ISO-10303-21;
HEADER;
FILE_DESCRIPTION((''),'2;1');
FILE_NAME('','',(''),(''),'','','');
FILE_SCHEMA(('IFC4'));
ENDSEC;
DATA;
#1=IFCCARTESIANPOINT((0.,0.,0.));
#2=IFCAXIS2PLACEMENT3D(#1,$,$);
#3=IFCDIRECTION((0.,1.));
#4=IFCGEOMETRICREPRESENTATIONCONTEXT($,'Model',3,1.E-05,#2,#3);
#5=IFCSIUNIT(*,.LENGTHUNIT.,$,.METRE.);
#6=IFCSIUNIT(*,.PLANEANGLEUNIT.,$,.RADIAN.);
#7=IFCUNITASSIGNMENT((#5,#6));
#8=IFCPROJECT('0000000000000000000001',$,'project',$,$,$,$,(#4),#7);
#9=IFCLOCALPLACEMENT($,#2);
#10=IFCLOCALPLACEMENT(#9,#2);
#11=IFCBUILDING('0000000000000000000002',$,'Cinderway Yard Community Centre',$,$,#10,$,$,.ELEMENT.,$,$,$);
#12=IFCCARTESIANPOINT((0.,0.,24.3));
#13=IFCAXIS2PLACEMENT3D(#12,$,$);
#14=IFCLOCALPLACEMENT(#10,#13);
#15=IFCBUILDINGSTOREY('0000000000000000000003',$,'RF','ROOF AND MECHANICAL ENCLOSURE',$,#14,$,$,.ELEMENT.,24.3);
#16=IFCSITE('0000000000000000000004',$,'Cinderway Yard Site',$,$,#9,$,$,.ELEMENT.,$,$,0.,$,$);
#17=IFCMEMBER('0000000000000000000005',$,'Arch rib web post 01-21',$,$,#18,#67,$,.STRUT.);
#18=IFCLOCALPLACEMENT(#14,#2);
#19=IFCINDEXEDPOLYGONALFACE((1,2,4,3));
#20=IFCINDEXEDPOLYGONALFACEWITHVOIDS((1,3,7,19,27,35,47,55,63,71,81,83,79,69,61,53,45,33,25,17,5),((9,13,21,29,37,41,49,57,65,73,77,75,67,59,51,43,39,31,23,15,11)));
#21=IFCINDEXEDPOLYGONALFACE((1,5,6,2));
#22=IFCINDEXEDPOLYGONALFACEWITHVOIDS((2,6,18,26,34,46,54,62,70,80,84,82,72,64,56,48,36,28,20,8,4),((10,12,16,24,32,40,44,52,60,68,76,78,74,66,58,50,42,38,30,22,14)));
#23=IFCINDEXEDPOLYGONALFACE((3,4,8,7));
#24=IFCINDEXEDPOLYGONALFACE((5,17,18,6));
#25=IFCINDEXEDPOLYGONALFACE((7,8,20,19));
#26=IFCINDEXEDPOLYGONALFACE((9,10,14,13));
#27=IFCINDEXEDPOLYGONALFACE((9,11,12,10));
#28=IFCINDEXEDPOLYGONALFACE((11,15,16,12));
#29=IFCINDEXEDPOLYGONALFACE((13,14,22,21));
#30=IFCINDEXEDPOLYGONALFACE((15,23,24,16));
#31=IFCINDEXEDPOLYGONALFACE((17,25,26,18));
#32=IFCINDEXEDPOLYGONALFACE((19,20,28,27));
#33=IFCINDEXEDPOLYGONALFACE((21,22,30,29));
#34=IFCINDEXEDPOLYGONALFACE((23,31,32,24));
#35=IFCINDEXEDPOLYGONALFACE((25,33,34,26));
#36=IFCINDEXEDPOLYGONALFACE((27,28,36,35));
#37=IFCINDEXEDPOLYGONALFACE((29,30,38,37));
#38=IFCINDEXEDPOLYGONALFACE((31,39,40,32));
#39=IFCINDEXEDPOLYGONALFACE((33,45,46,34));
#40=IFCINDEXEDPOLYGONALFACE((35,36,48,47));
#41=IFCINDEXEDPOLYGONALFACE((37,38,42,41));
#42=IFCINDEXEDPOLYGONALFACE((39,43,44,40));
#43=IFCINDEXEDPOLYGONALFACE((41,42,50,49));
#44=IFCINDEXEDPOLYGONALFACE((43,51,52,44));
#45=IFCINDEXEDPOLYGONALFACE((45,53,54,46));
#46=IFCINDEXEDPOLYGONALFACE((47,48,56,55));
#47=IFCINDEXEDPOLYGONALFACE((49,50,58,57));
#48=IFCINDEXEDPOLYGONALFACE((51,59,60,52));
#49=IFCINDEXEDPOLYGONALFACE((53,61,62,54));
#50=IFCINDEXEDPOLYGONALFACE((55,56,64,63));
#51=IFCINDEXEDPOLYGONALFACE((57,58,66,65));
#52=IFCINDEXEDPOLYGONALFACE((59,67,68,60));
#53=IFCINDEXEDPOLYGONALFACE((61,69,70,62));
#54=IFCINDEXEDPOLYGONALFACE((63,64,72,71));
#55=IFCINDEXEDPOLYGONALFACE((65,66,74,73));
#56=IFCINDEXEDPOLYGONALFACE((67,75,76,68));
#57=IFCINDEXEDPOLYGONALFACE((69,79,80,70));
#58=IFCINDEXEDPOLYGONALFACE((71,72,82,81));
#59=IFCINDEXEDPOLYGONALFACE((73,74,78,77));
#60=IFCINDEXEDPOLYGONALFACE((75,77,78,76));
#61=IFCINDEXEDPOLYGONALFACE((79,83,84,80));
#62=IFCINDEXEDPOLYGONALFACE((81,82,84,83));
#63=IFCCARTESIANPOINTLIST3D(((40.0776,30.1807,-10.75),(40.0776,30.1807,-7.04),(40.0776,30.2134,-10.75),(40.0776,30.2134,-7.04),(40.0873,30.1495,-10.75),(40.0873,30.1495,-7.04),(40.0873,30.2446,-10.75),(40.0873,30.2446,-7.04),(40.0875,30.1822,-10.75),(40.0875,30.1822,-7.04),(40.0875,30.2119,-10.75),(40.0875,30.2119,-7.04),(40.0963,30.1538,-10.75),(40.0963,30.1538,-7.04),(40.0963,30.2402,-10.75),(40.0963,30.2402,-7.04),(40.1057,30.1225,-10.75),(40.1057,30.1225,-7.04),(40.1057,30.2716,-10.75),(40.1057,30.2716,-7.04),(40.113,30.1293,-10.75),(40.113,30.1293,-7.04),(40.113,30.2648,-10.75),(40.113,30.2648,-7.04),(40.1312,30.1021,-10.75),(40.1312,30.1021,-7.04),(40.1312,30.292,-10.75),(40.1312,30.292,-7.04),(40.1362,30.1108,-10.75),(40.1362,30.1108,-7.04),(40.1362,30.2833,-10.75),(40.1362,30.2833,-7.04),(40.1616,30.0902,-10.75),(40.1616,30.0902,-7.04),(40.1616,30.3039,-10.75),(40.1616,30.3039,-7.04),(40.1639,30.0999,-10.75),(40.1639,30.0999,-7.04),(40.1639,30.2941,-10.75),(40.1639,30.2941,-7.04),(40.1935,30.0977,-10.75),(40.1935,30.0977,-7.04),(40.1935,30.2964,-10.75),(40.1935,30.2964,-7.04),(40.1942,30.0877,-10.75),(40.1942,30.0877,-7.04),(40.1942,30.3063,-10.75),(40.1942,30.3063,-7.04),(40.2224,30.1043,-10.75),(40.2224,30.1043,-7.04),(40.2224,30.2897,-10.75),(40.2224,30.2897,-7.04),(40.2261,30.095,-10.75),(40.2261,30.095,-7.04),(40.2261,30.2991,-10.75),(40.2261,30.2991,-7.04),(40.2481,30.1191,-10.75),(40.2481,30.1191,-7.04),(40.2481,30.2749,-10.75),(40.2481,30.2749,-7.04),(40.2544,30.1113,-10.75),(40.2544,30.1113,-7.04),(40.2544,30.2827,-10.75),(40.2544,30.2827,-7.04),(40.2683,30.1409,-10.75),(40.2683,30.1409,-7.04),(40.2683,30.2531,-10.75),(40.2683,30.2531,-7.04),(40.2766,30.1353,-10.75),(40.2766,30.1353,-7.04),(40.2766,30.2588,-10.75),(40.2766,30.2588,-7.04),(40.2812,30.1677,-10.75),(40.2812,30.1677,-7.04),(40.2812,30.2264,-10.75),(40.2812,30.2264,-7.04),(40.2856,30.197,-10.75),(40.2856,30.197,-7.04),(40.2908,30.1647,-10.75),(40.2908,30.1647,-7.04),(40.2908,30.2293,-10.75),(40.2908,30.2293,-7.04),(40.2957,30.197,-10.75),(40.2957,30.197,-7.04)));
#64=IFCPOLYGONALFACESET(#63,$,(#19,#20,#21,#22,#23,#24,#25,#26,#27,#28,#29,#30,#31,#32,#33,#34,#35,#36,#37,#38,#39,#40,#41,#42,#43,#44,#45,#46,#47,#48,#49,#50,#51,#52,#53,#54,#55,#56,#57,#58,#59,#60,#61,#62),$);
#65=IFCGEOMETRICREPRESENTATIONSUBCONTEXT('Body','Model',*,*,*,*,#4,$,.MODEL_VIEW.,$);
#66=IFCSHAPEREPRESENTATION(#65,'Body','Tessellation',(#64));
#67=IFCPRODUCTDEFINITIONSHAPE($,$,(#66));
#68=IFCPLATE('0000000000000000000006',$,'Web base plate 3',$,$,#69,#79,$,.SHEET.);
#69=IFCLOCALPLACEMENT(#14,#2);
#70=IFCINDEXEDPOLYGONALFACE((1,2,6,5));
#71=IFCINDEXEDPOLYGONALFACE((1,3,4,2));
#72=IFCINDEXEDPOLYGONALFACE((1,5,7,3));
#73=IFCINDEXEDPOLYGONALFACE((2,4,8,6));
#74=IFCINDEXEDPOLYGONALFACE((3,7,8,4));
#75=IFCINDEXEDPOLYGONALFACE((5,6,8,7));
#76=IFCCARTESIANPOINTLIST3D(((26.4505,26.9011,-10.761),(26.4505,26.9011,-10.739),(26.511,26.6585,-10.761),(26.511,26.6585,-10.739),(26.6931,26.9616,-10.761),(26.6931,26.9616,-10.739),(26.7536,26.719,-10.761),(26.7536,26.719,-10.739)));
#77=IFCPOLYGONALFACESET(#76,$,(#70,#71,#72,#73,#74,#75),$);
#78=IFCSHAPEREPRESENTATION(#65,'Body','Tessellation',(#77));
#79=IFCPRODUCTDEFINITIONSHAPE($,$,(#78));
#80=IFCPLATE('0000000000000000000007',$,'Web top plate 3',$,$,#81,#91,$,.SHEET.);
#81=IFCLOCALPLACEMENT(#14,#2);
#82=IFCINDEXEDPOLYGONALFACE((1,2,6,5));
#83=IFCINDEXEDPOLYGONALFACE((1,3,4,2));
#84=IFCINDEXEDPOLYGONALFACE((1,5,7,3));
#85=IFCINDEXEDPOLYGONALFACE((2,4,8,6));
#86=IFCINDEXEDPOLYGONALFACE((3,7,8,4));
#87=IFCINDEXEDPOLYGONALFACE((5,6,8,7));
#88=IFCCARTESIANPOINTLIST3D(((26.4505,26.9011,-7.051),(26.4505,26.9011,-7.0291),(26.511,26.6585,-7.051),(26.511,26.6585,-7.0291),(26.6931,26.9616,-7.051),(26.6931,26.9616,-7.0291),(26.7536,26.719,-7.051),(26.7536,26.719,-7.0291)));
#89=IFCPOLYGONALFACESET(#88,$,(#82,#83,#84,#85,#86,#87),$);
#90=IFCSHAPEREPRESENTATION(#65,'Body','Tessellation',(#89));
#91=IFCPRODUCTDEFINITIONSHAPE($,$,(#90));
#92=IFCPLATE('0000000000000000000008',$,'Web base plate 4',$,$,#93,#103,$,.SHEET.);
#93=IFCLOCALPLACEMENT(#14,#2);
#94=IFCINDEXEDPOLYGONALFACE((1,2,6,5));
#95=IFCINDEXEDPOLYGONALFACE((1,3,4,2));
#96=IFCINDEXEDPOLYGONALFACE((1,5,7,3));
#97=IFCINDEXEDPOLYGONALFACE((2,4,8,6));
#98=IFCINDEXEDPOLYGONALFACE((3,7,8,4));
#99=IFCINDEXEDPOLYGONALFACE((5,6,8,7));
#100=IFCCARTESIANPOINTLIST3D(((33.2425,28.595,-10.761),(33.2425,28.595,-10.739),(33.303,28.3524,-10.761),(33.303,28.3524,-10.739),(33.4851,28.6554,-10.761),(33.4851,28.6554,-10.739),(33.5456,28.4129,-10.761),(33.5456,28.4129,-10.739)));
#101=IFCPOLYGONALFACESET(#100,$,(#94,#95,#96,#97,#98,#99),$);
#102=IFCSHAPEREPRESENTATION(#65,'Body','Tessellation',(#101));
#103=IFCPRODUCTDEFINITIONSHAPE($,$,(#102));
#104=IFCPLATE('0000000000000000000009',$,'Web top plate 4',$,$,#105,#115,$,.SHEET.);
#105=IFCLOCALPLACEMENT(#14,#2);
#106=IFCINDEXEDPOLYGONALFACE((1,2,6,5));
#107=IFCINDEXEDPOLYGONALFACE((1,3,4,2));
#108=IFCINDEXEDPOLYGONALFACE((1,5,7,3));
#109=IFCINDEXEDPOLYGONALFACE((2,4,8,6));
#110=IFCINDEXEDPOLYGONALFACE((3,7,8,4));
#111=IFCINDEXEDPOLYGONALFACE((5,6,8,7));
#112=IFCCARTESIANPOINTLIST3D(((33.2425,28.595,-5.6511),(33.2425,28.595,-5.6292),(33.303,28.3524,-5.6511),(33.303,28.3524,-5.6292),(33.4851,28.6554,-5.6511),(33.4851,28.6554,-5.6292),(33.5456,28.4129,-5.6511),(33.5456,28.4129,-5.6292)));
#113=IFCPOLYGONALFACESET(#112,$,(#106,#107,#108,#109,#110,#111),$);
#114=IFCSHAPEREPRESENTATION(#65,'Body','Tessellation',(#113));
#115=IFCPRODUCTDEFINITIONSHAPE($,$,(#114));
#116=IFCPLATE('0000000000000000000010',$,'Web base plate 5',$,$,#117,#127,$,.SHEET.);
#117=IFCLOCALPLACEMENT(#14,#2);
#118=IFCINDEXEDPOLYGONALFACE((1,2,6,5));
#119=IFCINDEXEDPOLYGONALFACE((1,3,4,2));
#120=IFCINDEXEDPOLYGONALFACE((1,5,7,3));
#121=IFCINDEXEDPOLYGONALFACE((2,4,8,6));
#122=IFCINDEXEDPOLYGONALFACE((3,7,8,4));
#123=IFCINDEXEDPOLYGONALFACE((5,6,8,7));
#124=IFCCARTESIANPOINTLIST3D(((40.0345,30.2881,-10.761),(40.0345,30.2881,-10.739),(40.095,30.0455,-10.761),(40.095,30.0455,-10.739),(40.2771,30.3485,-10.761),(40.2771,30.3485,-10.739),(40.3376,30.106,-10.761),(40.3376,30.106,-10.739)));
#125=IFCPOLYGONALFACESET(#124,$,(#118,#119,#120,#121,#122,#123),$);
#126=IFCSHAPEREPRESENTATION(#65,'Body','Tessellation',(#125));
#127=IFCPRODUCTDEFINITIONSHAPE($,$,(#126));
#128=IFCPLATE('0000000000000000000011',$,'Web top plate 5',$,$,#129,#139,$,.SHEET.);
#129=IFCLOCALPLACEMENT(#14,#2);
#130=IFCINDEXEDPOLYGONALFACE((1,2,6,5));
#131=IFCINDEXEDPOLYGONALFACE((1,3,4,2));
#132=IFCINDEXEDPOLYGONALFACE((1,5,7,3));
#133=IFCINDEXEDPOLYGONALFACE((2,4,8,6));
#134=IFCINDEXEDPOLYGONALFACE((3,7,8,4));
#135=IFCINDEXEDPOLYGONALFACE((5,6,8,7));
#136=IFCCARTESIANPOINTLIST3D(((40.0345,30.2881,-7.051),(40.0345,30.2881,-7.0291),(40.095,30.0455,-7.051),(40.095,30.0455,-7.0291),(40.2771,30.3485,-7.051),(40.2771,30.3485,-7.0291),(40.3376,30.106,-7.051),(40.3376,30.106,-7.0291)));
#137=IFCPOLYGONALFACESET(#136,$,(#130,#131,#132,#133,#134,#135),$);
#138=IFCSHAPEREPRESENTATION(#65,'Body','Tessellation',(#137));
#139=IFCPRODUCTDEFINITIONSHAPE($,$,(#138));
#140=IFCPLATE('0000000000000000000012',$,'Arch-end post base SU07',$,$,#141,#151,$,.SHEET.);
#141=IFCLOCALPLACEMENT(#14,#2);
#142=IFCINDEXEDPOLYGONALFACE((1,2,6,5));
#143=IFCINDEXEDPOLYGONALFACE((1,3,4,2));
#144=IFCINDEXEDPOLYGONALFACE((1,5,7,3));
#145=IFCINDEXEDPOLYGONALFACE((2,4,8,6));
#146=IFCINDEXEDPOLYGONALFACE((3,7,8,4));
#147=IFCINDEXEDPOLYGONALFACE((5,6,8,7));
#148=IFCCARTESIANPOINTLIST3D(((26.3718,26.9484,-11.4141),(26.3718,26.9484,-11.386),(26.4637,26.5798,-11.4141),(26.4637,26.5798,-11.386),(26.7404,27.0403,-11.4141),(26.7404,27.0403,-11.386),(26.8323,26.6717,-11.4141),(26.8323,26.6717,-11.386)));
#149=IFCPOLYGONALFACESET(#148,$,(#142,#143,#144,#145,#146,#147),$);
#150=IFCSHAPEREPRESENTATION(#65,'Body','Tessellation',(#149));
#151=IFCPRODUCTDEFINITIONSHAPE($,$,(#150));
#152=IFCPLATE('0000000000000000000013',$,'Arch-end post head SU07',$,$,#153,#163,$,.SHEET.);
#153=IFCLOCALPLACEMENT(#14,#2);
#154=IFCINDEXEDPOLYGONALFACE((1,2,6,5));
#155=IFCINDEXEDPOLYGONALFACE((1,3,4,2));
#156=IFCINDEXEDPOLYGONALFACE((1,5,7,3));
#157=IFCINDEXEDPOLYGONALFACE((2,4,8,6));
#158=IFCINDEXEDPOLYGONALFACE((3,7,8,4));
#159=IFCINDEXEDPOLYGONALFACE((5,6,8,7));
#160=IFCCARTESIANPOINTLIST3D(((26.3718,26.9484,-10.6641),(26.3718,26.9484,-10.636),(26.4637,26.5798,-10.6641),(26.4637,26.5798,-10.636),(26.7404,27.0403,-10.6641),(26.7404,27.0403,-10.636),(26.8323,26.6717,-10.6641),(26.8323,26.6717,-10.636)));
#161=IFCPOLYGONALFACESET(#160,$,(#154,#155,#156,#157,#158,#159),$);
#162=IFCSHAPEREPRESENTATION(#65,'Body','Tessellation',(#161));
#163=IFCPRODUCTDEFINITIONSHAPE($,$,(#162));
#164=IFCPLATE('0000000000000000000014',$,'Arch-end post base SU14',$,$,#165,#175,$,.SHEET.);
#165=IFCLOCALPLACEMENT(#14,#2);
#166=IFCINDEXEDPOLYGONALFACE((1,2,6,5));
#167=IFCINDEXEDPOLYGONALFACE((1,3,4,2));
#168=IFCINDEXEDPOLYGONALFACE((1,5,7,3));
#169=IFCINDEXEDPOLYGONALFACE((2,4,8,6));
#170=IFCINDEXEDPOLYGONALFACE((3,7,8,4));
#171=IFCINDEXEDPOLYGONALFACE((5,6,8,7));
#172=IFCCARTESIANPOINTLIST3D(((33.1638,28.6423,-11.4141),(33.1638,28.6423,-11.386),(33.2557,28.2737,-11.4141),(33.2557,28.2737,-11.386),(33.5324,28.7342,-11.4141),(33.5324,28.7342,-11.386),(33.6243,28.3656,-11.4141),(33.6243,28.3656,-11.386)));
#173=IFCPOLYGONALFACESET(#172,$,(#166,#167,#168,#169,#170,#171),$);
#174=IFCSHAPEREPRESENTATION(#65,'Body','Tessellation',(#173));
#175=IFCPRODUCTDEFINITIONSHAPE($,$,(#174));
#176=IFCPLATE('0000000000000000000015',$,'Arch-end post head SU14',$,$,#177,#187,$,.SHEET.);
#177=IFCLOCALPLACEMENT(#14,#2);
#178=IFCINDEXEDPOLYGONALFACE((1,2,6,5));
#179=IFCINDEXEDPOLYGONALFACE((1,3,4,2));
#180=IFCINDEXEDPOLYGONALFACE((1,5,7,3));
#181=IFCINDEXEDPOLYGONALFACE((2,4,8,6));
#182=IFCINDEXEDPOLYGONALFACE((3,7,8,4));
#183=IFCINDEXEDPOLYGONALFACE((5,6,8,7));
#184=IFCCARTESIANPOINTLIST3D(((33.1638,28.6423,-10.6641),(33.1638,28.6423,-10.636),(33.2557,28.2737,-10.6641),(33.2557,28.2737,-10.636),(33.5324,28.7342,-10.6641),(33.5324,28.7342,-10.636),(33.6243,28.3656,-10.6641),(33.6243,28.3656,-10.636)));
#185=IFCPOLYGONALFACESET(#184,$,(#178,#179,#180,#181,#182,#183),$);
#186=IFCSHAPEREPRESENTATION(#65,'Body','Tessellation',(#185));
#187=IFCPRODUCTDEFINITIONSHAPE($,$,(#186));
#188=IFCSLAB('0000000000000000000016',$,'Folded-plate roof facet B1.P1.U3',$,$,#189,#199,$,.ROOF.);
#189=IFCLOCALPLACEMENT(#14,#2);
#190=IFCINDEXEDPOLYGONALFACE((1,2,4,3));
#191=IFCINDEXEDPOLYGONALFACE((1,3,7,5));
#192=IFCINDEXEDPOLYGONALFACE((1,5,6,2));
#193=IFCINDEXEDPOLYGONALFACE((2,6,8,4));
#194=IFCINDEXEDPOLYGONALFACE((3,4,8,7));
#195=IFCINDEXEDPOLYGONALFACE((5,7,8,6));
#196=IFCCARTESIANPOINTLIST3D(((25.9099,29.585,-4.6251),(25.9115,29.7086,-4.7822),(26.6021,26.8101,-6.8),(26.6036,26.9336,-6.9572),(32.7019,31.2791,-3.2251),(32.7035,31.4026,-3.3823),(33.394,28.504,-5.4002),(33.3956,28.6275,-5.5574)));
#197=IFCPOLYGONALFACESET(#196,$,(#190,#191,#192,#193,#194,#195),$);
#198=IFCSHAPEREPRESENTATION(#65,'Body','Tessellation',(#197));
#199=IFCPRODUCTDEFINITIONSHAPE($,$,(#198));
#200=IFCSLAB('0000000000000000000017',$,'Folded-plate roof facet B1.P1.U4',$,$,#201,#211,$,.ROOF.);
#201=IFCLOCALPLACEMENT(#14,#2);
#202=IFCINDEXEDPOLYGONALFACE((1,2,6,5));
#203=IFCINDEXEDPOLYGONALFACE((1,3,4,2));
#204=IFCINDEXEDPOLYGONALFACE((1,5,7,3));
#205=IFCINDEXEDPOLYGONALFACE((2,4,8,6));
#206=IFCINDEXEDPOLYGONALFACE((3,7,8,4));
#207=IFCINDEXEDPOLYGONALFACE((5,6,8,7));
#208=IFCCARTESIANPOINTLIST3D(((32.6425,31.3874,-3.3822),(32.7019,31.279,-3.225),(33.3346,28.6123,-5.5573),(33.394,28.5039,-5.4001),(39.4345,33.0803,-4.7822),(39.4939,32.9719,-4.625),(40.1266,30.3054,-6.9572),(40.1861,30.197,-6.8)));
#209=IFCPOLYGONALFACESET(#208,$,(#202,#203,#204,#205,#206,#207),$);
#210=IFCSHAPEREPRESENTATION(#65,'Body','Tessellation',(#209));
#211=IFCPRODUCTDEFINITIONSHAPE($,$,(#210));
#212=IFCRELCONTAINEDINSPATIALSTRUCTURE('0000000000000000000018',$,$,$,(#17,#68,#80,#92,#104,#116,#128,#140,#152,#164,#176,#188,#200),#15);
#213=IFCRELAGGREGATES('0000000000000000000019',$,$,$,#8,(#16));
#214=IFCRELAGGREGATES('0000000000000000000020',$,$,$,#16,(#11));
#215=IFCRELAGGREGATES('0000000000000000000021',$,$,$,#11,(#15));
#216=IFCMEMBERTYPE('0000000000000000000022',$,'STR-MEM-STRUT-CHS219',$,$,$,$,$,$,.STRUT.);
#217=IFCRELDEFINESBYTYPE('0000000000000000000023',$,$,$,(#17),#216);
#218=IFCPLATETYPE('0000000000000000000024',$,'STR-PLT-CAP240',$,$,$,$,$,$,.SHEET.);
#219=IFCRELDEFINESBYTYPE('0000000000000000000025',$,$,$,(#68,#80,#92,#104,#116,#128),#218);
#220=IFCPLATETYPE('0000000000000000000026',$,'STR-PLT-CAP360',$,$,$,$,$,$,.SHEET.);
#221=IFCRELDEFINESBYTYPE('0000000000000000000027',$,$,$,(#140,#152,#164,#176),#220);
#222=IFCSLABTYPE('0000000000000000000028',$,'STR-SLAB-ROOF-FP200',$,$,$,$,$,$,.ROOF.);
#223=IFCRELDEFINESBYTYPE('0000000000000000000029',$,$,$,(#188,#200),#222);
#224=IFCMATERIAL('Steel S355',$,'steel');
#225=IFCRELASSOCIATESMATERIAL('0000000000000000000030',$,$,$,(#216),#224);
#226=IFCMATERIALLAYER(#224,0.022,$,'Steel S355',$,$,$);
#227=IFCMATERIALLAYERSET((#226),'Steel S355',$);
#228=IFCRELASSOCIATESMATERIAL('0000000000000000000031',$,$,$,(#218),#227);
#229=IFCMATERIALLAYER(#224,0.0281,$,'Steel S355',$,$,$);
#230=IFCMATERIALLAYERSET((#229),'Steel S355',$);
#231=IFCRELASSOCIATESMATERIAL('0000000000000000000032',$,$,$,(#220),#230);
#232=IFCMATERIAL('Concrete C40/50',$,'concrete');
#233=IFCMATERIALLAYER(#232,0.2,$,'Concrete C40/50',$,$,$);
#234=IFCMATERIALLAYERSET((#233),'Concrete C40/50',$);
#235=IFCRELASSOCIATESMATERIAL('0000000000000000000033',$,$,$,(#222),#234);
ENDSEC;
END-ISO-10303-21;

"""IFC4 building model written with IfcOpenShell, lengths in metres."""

from ifc_helpers import new_model, si_unit, direction, frame, origin, origin_2d, place, context, subcontext, project, spatial, polyline, rectangle, hollow_circle, outline, extrude, material, layer, layer_set, material_profile, profile_set, type_object, element, save


model = new_model("IFC4")

# Units and contexts
model_context = context("Model", 3, precision=1e-05, world=origin(), true_north=direction((0.0, 1.0)))
body_context = subcontext(model_context, "Body", "Model", "MODEL_VIEW")
ifc_project = project(units=[si_unit("LENGTHUNIT", "METRE"), si_unit("PLANEANGLEUNIT", "RADIAN")], contexts=[model_context])

# Site, building, storey
site_placement = place(None, origin())
site = spatial("IfcSite", under=ifc_project, at=site_placement, Name="Cinderway Yard Site", CompositionType="ELEMENT", RefElevation=0.0)
building_placement = place(site_placement, origin())
building = spatial("IfcBuilding", under=site, at=building_placement, Name="Cinderway Yard Community Centre", CompositionType="ELEMENT")
storey_placement = place(building_placement, frame((0.0, 0.0, 24.3)))
storey = spatial("IfcBuildingStorey", under=building, at=storey_placement, Name="RF", Description="ROOF AND MECHANICAL ENCLOSURE", CompositionType="ELEMENT", Elevation=24.3)

# Shared definitions
ifc_material_1 = material(Name="Steel S355", Category="steel")

# Shared definitions
ifc_material_2 = material(Name="Concrete C40/50", Category="concrete")

# Member
ifc_material_profile_1 = material_profile(ifc_material_1, hollow_circle(Radius=0.1096, WallThickness=0.01, at=origin_2d()), Name="Steel S355")
ifc_profile_set_1 = profile_set([ifc_material_profile_1], Name="Steel S355")
member_type = type_object("IfcMemberType", Name="STR-MEM-STRUT-CHS219", PredefinedType="STRUT", material=ifc_profile_set_1)
member_1_placement = place(storey_placement, frame((40.186, 30.197, -10.75), z_axis=(0.0, 0.0, 1.0), x_axis=(1.0, 0.0, 0.0)))
element("IfcMember", 1, at=member_1_placement, inside=storey, type_object=member_type, Name="Arch rib web post 01-21", PredefinedType="STRUT", context=body_context, shape_type="SweptSolid", body=[
    extrude(hollow_circle(Radius=0.1096, WallThickness=0.01, at=origin_2d()), origin(), (0.0, 0.0, 1.0), 3.71),
])

# Plates
ifc_layer_1 = layer(ifc_material_1, 0.022, Name="Steel S355")
ifc_layer_set_1 = layer_set([ifc_layer_1], Name="Steel S355")
plate_type_1 = type_object("IfcPlateType", Name="STR-PLT-CAP240", PredefinedType="SHEET", material=ifc_layer_set_1)
for number, where, z_axis, x_axis, name in (
    (2, (26.6021, 26.8101, -10.761), (0.0, 0.0, 1.0), (0.970296, 0.241922, 0.0), "Web base plate 3"),
    (3, (26.6021, 26.8101, -7.051), (0.0, 0.0, 1.0), (0.970296, 0.241922, 0.0), "Web top plate 3"),
    (4, (33.394, 28.5039, -10.761), (0.0, 0.0, 1.0), (0.970296, 0.241922, 0.0), "Web base plate 4"),
    (5, (33.394, 28.5039, -5.6511), (0.0, 0.0, 1.0), (0.970296, 0.241922, 0.0), "Web top plate 4"),
    (6, (40.186, 30.197, -10.761), (0.0, 0.0, 1.0), (0.970296, 0.241922, 0.0), "Web base plate 5"),
    (7, (40.186, 30.197, -7.051), (0.0, 0.0, 1.0), (0.970296, 0.241922, 0.0), "Web top plate 5"),
):
    element("IfcPlate", number, at=place(storey_placement, frame(where, z_axis=z_axis, x_axis=x_axis)), inside=storey, type_object=plate_type_1, Name=name, PredefinedType="SHEET", context=body_context, shape_type="SweptSolid", body=[
        extrude(rectangle(XDim=0.25, YDim=0.25, at=origin_2d()), origin(), (0.0, 0.0, 1.0), 0.022),
    ])
ifc_layer_2 = layer(ifc_material_1, 0.0281, Name="Steel S355")
ifc_layer_set_2 = layer_set([ifc_layer_2], Name="Steel S355")
plate_type_2 = type_object("IfcPlateType", Name="STR-PLT-CAP360", PredefinedType="SHEET", material=ifc_layer_set_2)
for number, where, z_axis, x_axis, name in (
    (8, (26.6021, 26.8101, -11.4141), (0.0, 0.0, 1.0), (0.970296, 0.241922, 0.0), "Arch-end post base SU07"),
    (9, (26.6021, 26.8101, -10.6641), (0.0, 0.0, 1.0), (0.970296, 0.241922, 0.0), "Arch-end post head SU07"),
    (10, (33.394, 28.5039, -11.4141), (0.0, 0.0, 1.0), (0.970296, 0.241922, 0.0), "Arch-end post base SU14"),
    (11, (33.394, 28.5039, -10.6641), (0.0, 0.0, 1.0), (0.970296, 0.241922, 0.0), "Arch-end post head SU14"),
):
    element("IfcPlate", number, at=place(storey_placement, frame(where, z_axis=z_axis, x_axis=x_axis)), inside=storey, type_object=plate_type_2, Name=name, PredefinedType="SHEET", context=body_context, shape_type="SweptSolid", body=[
        extrude(rectangle(XDim=0.3799, YDim=0.3799, at=origin_2d()), origin(), (0.0, 0.0, 1.0), 0.0281),
    ])

# Slabs
ifc_layer_3 = layer(ifc_material_2, 0.2, Name="Concrete C40/50")
ifc_layer_set_3 = layer_set([ifc_layer_3], Name="Concrete C40/50")
slab_type_1 = type_object("IfcSlabType", Name="STR-SLAB-ROOF-FP200", PredefinedType="ROOF", material=ifc_layer_set_3)
slab_1_placement = place(storey_placement, frame((26.6021, 26.8101, -6.8), z_axis=(-0.007864, -0.618082, 0.786074), x_axis=(0.951442, 0.237286, 0.196094)))
element("IfcSlab", 12, at=slab_1_placement, inside=storey, type_object=slab_type_1, Name="Folded-plate roof facet B1.P1.U3", PredefinedType="ROOF", context=body_context, shape_type="SweptSolid", body=[
    extrude(outline(polyline([(0.0, 0.0), (7.1386, 0.0), (7.5651, 3.5678), (0.4264, 3.5677), (0.0, 0.0)])), origin(), (0.0, 0.0, -1.0), 0.2),
])
slab_2_placement = place(storey_placement, frame((33.394, 28.5039, -5.4001), z_axis=(0.297126, -0.542021, 0.786085), x_axis=(0.951468, 0.237177, -0.1961)))
element("IfcSlab", 13, at=slab_2_placement, inside=storey, type_object=slab_type_1, Name="Folded-plate roof facet B1.P1.U4", PredefinedType="ROOF", context=body_context, shape_type="SweptSolid", body=[
    extrude(outline(polyline([(0.0, 0.0), (7.1385, 0.0), (6.7115, 3.5676), (-0.4269, 3.5678), (0.0, 0.0)])), origin(), (0.0, 0.0, -1.0), 0.2),
])

save(model, "model.ifc")
